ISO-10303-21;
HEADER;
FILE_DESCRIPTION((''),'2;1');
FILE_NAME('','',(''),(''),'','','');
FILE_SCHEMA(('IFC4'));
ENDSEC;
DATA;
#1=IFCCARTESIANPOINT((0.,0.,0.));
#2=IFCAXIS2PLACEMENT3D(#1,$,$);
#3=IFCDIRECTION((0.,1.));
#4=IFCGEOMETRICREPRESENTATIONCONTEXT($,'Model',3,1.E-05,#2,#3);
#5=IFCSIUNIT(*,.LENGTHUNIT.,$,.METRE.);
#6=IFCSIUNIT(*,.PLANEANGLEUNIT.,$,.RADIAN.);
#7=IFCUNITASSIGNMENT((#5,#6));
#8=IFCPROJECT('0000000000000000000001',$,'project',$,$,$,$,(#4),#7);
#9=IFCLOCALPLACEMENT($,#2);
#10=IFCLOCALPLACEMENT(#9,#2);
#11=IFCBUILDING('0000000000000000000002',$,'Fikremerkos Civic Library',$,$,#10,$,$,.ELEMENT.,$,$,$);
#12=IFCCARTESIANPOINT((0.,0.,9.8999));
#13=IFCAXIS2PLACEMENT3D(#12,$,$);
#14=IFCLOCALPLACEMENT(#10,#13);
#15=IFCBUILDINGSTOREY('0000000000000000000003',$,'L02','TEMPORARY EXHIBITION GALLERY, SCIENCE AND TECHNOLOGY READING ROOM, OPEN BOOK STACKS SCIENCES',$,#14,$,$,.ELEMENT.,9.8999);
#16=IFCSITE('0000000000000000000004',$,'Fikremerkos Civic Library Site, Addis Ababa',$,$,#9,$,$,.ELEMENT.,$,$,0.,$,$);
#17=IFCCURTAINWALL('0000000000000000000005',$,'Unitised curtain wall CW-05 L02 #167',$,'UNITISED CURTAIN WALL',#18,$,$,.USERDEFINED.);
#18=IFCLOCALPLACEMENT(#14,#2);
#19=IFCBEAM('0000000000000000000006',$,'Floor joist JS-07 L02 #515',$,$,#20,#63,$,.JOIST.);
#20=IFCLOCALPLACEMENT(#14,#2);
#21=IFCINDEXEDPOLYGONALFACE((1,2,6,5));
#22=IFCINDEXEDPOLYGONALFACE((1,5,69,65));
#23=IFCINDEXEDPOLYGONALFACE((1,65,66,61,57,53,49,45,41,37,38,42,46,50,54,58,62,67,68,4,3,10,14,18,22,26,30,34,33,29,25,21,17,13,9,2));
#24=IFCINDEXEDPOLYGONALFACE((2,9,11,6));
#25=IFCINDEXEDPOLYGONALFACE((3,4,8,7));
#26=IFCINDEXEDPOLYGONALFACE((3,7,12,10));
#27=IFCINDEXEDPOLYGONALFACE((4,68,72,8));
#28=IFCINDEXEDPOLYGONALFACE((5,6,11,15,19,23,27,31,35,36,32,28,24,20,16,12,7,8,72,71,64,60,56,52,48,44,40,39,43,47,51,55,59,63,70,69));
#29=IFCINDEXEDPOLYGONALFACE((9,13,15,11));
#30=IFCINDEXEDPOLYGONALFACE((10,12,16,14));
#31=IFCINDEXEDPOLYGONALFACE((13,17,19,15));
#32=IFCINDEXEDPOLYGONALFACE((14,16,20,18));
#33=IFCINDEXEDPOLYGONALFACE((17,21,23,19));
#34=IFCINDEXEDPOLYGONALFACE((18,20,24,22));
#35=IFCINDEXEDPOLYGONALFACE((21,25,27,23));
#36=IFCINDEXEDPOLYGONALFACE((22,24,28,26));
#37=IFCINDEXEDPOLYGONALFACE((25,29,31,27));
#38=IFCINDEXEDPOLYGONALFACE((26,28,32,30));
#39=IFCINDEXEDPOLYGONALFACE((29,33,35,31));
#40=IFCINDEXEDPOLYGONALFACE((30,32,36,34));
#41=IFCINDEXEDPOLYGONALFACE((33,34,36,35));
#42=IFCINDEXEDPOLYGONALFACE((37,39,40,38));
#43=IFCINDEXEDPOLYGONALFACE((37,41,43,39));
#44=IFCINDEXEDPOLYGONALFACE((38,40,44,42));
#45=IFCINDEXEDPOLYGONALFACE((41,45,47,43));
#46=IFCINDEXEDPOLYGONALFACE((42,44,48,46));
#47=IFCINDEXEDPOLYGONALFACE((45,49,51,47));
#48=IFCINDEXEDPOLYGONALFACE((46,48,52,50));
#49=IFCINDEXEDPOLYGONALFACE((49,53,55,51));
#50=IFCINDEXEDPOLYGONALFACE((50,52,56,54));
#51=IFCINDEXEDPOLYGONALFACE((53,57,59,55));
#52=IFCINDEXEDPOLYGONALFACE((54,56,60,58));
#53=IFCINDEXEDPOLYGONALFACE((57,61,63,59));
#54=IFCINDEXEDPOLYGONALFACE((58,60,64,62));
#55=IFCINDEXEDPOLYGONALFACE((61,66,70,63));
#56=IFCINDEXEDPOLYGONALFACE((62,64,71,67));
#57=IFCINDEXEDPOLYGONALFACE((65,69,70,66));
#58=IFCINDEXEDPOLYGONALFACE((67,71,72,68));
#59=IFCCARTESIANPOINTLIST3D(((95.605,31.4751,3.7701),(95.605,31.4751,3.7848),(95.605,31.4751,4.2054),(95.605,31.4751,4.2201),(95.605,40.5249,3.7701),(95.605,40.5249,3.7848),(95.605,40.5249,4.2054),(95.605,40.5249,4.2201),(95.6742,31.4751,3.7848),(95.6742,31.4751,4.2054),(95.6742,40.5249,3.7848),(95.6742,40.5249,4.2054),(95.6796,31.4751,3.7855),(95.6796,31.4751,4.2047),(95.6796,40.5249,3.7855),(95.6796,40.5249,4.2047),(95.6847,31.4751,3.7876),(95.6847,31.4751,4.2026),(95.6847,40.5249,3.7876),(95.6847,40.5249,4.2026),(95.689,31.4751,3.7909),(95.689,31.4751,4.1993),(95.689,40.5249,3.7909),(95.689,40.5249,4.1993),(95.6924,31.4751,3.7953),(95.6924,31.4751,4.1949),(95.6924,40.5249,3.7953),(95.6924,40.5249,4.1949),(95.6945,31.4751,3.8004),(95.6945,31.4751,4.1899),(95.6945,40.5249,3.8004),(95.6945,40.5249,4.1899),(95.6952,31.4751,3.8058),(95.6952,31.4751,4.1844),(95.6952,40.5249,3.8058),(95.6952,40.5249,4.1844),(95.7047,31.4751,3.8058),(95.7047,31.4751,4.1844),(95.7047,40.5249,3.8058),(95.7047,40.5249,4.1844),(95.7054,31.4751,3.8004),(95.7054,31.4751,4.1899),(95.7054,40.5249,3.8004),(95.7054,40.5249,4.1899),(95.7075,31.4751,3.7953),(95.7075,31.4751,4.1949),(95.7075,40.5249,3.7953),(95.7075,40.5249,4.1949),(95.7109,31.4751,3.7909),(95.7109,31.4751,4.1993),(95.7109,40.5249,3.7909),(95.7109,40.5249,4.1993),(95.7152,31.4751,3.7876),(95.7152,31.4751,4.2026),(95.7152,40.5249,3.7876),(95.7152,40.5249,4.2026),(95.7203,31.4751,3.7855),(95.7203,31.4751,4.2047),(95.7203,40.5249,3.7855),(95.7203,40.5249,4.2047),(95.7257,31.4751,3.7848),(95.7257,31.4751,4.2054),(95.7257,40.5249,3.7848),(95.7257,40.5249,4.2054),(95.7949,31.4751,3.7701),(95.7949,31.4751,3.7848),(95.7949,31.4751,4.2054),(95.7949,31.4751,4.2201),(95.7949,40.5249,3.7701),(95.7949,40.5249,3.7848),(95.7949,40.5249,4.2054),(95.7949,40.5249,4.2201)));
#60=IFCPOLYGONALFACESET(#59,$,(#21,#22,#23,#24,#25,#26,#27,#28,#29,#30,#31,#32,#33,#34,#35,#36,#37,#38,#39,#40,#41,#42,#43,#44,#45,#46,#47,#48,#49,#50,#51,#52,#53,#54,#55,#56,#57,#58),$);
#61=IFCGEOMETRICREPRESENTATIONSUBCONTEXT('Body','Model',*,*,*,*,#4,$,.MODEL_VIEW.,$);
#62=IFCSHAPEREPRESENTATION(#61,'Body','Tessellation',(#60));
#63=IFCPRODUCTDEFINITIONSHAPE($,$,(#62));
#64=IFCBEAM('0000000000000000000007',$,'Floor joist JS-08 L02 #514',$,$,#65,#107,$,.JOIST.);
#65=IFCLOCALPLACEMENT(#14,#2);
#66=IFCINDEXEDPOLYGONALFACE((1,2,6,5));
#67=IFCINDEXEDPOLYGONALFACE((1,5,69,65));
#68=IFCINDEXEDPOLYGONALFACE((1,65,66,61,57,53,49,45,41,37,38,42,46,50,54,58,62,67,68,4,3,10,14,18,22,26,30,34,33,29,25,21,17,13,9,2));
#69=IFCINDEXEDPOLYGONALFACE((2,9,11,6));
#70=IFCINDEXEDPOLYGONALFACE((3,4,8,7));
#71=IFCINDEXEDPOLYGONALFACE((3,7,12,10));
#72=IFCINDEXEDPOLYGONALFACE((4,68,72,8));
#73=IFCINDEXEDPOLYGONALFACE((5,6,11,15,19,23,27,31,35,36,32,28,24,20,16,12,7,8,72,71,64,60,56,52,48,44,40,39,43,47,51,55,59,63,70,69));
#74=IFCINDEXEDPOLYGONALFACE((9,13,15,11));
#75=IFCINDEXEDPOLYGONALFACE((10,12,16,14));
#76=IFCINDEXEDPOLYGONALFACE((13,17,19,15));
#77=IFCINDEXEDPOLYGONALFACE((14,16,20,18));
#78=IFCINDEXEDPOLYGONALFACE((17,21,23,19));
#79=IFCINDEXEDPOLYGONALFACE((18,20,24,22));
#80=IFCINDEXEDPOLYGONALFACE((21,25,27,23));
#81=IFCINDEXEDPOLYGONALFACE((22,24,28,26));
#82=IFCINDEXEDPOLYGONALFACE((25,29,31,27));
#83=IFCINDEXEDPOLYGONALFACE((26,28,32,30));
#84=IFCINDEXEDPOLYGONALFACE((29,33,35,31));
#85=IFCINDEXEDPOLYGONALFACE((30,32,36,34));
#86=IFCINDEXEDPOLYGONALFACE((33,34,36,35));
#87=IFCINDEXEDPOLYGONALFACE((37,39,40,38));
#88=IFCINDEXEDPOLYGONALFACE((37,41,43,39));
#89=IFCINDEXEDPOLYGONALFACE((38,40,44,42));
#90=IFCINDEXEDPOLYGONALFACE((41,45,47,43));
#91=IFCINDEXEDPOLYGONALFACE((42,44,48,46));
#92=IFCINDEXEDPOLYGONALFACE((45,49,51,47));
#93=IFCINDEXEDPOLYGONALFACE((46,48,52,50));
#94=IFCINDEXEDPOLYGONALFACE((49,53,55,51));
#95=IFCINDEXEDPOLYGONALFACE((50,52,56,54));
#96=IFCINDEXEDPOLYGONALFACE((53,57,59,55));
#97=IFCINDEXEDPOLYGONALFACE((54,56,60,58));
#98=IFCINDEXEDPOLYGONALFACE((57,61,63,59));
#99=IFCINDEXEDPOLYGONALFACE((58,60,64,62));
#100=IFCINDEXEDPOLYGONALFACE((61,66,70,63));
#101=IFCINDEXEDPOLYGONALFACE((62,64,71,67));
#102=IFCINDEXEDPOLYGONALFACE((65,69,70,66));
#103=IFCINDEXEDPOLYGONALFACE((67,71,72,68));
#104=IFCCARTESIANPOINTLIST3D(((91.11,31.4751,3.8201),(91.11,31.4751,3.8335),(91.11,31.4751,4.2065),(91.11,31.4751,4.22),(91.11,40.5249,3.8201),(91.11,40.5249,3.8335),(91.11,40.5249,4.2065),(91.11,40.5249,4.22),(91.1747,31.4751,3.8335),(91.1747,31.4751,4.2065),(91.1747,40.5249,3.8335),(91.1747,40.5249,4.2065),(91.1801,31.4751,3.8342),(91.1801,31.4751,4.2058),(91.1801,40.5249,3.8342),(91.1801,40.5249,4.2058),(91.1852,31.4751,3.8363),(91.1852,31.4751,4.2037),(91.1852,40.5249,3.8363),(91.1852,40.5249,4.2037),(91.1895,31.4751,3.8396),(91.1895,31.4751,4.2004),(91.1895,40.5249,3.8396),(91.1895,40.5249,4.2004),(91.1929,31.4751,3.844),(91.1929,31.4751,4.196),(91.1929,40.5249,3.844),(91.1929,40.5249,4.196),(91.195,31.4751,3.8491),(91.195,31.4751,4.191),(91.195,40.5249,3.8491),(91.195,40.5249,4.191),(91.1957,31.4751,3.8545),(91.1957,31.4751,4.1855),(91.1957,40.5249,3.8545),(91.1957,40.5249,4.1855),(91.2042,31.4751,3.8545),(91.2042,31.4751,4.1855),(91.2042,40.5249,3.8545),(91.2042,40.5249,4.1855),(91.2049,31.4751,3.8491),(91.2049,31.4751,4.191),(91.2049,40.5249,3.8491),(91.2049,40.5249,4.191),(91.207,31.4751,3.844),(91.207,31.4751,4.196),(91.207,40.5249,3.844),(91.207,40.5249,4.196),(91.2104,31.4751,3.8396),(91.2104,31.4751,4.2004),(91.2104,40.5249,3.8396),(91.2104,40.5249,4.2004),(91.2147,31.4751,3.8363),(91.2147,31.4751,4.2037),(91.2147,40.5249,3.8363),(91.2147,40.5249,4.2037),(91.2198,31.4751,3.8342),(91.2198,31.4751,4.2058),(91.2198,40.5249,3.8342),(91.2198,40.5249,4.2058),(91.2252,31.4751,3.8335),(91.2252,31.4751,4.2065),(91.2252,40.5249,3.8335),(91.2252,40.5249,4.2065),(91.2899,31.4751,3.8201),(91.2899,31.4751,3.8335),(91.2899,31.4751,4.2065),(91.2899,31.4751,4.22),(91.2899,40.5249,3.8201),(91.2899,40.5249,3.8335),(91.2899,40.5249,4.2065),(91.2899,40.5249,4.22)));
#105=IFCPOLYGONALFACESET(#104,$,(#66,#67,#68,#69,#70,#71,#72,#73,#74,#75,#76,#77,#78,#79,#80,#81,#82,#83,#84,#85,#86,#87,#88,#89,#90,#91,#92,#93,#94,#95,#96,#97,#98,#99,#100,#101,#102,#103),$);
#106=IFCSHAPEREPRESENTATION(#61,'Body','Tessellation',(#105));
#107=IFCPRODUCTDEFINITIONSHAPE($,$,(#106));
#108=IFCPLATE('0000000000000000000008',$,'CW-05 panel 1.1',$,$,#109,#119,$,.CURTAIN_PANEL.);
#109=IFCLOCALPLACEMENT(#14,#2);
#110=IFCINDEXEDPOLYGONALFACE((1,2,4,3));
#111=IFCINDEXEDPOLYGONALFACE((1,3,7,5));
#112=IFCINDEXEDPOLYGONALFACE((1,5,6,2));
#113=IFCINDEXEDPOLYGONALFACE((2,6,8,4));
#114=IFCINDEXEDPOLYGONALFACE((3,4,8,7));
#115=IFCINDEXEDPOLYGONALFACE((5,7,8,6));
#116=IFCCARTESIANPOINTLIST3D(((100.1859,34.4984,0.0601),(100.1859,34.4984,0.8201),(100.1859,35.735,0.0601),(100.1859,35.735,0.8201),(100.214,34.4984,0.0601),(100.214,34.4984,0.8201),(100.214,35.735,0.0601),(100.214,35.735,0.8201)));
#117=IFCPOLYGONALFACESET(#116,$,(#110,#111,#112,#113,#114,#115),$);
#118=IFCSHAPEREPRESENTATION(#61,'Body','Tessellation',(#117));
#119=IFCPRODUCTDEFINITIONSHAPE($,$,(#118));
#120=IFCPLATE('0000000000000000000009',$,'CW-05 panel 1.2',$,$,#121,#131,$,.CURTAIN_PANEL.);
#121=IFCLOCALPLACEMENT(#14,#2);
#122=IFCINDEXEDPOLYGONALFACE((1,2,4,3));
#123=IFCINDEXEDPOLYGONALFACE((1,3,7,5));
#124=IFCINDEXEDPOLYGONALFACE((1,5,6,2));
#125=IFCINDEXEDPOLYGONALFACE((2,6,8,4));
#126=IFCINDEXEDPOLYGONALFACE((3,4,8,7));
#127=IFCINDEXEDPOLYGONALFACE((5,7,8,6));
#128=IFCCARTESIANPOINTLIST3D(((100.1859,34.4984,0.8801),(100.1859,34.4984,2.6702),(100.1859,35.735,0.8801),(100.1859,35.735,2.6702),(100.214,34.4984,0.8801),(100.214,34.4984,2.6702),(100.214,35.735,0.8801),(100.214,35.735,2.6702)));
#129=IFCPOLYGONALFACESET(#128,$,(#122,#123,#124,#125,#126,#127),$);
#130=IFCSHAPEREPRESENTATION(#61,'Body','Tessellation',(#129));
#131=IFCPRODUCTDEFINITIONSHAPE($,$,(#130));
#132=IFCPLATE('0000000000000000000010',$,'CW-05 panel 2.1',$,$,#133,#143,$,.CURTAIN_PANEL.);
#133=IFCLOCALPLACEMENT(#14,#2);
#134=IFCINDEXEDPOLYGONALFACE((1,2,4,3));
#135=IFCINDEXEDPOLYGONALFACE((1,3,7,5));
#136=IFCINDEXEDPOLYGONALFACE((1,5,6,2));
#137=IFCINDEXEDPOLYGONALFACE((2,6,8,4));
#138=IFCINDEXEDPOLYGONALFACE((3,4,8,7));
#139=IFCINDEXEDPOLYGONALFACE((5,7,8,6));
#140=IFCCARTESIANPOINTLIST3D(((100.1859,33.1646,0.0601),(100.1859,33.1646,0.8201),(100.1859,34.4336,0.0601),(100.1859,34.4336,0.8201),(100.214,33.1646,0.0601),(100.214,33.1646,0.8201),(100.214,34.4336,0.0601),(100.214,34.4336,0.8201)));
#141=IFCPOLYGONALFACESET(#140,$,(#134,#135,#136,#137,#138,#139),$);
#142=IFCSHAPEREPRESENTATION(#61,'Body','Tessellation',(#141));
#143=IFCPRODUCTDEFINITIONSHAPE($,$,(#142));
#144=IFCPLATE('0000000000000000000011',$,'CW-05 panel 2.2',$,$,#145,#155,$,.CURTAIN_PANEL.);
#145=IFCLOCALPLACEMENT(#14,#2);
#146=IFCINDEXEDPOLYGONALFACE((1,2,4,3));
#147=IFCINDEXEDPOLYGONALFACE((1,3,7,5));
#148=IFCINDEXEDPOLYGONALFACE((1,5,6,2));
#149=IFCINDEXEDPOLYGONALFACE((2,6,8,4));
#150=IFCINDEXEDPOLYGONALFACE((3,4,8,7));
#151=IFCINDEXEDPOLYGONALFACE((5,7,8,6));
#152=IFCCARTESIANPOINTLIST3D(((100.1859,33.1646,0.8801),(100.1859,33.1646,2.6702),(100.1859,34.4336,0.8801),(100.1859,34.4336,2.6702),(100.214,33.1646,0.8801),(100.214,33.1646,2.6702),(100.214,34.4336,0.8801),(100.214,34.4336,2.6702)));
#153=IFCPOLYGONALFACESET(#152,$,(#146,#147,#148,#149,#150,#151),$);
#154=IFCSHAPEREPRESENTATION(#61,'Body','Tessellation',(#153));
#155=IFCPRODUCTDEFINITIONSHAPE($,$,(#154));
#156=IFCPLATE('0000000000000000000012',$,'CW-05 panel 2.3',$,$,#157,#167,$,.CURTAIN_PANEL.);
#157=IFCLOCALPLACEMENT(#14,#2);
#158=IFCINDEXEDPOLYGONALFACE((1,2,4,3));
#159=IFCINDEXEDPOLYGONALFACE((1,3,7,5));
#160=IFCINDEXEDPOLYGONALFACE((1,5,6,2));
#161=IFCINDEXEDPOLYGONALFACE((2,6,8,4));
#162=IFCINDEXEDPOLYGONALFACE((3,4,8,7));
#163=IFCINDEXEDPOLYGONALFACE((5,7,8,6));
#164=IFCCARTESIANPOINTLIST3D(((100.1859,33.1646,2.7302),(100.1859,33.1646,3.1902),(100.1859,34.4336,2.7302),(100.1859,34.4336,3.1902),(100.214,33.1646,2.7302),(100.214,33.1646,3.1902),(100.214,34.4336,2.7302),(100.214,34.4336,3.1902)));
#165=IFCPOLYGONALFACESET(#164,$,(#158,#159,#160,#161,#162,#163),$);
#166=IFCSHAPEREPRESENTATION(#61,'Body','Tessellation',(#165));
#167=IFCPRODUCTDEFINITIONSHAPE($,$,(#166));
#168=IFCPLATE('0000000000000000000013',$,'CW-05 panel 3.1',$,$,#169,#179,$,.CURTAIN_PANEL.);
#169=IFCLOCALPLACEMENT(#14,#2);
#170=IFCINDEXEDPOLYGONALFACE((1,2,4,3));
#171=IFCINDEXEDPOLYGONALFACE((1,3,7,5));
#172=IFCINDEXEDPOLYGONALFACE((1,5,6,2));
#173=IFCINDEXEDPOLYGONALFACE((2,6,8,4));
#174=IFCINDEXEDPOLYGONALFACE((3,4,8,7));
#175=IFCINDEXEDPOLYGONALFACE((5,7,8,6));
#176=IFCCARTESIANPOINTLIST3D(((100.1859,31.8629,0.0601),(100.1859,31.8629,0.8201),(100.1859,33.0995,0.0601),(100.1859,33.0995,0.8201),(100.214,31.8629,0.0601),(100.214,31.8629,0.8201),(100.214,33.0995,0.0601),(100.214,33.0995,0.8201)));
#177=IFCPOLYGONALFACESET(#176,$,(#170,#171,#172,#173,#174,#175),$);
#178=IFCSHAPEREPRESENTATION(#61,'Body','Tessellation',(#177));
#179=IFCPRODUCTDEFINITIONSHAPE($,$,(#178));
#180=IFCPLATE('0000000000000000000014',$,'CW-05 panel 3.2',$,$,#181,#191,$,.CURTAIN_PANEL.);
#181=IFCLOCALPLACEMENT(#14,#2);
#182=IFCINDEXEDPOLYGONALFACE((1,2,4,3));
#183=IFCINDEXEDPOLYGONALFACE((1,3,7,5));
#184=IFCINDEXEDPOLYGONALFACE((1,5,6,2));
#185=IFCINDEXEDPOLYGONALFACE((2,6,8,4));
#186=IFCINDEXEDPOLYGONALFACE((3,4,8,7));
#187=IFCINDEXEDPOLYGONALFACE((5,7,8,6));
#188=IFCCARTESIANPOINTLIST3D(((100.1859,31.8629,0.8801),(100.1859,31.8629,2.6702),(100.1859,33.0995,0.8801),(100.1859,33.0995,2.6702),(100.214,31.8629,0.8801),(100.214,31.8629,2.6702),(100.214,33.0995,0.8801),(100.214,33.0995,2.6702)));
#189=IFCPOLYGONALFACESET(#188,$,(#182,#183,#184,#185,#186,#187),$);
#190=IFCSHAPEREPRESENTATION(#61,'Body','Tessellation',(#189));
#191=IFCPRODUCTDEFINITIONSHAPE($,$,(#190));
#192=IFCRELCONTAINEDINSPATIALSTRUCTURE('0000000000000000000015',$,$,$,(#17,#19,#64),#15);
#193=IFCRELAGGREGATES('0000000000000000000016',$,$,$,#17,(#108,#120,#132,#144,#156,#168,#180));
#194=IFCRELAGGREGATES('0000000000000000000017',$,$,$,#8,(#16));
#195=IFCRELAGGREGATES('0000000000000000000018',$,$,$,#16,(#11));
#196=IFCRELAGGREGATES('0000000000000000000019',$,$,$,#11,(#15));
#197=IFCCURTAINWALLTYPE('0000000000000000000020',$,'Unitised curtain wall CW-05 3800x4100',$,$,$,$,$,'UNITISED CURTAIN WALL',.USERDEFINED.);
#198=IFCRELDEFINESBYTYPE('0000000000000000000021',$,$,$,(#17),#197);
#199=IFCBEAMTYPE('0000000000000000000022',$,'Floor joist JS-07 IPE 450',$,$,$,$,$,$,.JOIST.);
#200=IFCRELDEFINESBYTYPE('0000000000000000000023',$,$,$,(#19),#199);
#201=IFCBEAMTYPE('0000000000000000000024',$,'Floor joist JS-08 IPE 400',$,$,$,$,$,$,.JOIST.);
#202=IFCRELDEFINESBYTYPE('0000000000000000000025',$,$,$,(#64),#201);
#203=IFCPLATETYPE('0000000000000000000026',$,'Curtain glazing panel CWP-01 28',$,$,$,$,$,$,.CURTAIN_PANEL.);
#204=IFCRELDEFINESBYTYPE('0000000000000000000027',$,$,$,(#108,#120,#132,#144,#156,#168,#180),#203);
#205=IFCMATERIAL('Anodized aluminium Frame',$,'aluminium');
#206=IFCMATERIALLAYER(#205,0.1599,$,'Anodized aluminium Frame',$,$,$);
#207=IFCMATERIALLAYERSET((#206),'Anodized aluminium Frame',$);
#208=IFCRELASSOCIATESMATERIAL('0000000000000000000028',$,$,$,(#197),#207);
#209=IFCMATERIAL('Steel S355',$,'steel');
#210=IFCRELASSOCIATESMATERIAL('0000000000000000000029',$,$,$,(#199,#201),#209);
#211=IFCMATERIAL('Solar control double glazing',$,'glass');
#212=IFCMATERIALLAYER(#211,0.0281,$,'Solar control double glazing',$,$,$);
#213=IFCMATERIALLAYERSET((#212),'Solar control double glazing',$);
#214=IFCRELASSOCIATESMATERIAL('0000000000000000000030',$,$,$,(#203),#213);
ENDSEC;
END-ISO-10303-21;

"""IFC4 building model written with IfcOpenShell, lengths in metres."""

from ifc_helpers import new_model, si_unit, direction, frame, origin, origin_2d, place, context, subcontext, project, spatial, rectangle, i_section, extrude, material, layer, layer_set, material_profile, profile_set, type_object, element, aggregate, save


model = new_model("IFC4")

# Units and contexts
model_context = context("Model", 3, precision=1e-05, world=origin(), true_north=direction((0.0, 1.0)))
body_context = subcontext(model_context, "Body", "Model", "MODEL_VIEW")
ifc_project = project(units=[si_unit("LENGTHUNIT", "METRE"), si_unit("PLANEANGLEUNIT", "RADIAN")], contexts=[model_context])

# Site, building, storey
site_placement = place(None, origin())
site = spatial("IfcSite", under=ifc_project, at=site_placement, Name="Fikremerkos Civic Library Site, Addis Ababa", CompositionType="ELEMENT", RefElevation=0.0)
building_placement = place(site_placement, origin())
building = spatial("IfcBuilding", under=site, at=building_placement, Name="Fikremerkos Civic Library", CompositionType="ELEMENT")
storey_placement = place(building_placement, frame((0.0, 0.0, 9.8999)))
storey = spatial("IfcBuildingStorey", under=building, at=storey_placement, Name="L02", Description="TEMPORARY EXHIBITION GALLERY, SCIENCE AND TECHNOLOGY READING ROOM, OPEN BOOK STACKS SCIENCES", CompositionType="ELEMENT", Elevation=9.8999)

# Curtain wall
ifc_material_1 = material(Name="Anodized aluminium Frame", Category="aluminium")
ifc_layer_1 = layer(ifc_material_1, 0.1599, Name="Anodized aluminium Frame")
ifc_layer_set_1 = layer_set([ifc_layer_1], Name="Anodized aluminium Frame")
curtain_wall_type = type_object("IfcCurtainWallType", Name="Unitised curtain wall CW-05 3800x4100", ElementType="UNITISED CURTAIN WALL", PredefinedType="USERDEFINED", material=ifc_layer_set_1)
curtain_wall_placement = place(storey_placement, origin())
curtain_wall = element("IfcCurtainWall", 1, at=curtain_wall_placement, inside=storey, type_object=curtain_wall_type, Name="Unitised curtain wall CW-05 L02 #167", ObjectType="UNITISED CURTAIN WALL", PredefinedType="USERDEFINED")

# Beams
ifc_material_2 = material(Name="Steel S355", Category="steel")
ifc_material_profile_1 = material_profile(ifc_material_2, i_section(OverallWidth=0.1899, OverallDepth=0.45, WebThickness=0.0095, FlangeThickness=0.0146, FilletRadius=0.021, at=origin_2d()), Name="IPE 450")
ifc_profile_set_1 = profile_set([ifc_material_profile_1], Name="Steel S355")
beam_type_1 = type_object("IfcBeamType", Name="Floor joist JS-07 IPE 450", PredefinedType="JOIST", material=ifc_profile_set_1)
beam_1_placement = place(storey_placement, frame((95.7, 31.4751, 3.9951), z_axis=(0.0, 1.0, 0.0), x_axis=(-1.0, 0.0, 0.0)))
element("IfcBeam", 2, at=beam_1_placement, inside=storey, type_object=beam_type_1, Name="Floor joist JS-07 L02 #515", PredefinedType="JOIST", context=body_context, shape_type="SweptSolid", body=[
    extrude(i_section(OverallWidth=0.1899, OverallDepth=0.45, WebThickness=0.0095, FlangeThickness=0.0146, FilletRadius=0.021, at=origin_2d()), origin(), (0.0, 0.0, 1.0), 9.0498),
])
ifc_material_profile_2 = material_profile(ifc_material_2, i_section(OverallWidth=0.1799, OverallDepth=0.3999, WebThickness=0.0085, FlangeThickness=0.0134, FilletRadius=0.021, at=origin_2d()), Name="IPE 400")
ifc_profile_set_2 = profile_set([ifc_material_profile_2], Name="Steel S355")
beam_type_2 = type_object("IfcBeamType", Name="Floor joist JS-08 IPE 400", PredefinedType="JOIST", material=ifc_profile_set_2)
beam_2_placement = place(storey_placement, frame((91.2, 31.4751, 4.02), z_axis=(0.0, 1.0, 0.0), x_axis=(-1.0, 0.0, 0.0)))
element("IfcBeam", 3, at=beam_2_placement, inside=storey, type_object=beam_type_2, Name="Floor joist JS-08 L02 #514", PredefinedType="JOIST", context=body_context, shape_type="SweptSolid", body=[
    extrude(i_section(OverallWidth=0.1799, OverallDepth=0.3999, WebThickness=0.0085, FlangeThickness=0.0134, FilletRadius=0.021, at=origin_2d()), origin(), (0.0, 0.0, 1.0), 9.0498),
])

# Plates
ifc_material_3 = material(Name="Solar control double glazing", Category="glass")
ifc_layer_2 = layer(ifc_material_3, 0.0281, Name="Solar control double glazing")
ifc_layer_set_2 = layer_set([ifc_layer_2], Name="Solar control double glazing")
plate_type = type_object("IfcPlateType", Name="Curtain glazing panel CWP-01 28", PredefinedType="CURTAIN_PANEL", material=ifc_layer_set_2)
plate_1_placement = place(storey_placement, frame((100.2, 35.1167, 0.0601), z_axis=(0.0, 0.0, 1.0), x_axis=(0.0, -1.0, 0.0)))
plate_1 = element("IfcPlate", 4, at=plate_1_placement, type_object=plate_type, Name="CW-05 panel 1.1", PredefinedType="CURTAIN_PANEL", context=body_context, shape_type="SweptSolid", body=[
    extrude(rectangle(XDim=1.2366, YDim=0.0281, at=origin_2d()), origin(), (0.0, 0.0, 1.0), 0.76),
])
plate_2_placement = place(storey_placement, frame((100.2, 35.1167, 0.8801), z_axis=(0.0, 0.0, 1.0), x_axis=(0.0, -1.0, 0.0)))
plate_2 = element("IfcPlate", 5, at=plate_2_placement, type_object=plate_type, Name="CW-05 panel 1.2", PredefinedType="CURTAIN_PANEL", context=body_context, shape_type="SweptSolid", body=[
    extrude(rectangle(XDim=1.2366, YDim=0.0281, at=origin_2d()), origin(), (0.0, 0.0, 1.0), 1.79),
])
plate_3_placement = place(storey_placement, frame((100.2, 33.7991, 0.0601), z_axis=(0.0, 0.0, 1.0), x_axis=(0.0, -1.0, 0.0)))
plate_3 = element("IfcPlate", 6, at=plate_3_placement, type_object=plate_type, Name="CW-05 panel 2.1", PredefinedType="CURTAIN_PANEL", context=body_context, shape_type="SweptSolid", body=[
    extrude(rectangle(XDim=1.269, YDim=0.0281, at=origin_2d()), origin(), (0.0, 0.0, 1.0), 0.76),
])
plate_4_placement = place(storey_placement, frame((100.2, 33.7991, 0.8801), z_axis=(0.0, 0.0, 1.0), x_axis=(0.0, -1.0, 0.0)))
plate_4 = element("IfcPlate", 7, at=plate_4_placement, type_object=plate_type, Name="CW-05 panel 2.2", PredefinedType="CURTAIN_PANEL", context=body_context, shape_type="SweptSolid", body=[
    extrude(rectangle(XDim=1.269, YDim=0.0281, at=origin_2d()), origin(), (0.0, 0.0, 1.0), 1.79),
])
plate_5_placement = place(storey_placement, frame((100.2, 33.7991, 2.7302), z_axis=(0.0, 0.0, 1.0), x_axis=(0.0, -1.0, 0.0)))
plate_5 = element("IfcPlate", 8, at=plate_5_placement, type_object=plate_type, Name="CW-05 panel 2.3", PredefinedType="CURTAIN_PANEL", context=body_context, shape_type="SweptSolid", body=[
    extrude(rectangle(XDim=1.269, YDim=0.0281, at=origin_2d()), origin(), (0.0, 0.0, 1.0), 0.46),
])
plate_6_placement = place(storey_placement, frame((100.2, 32.4812, 0.0601), z_axis=(0.0, 0.0, 1.0), x_axis=(0.0, -1.0, 0.0)))
plate_6 = element("IfcPlate", 9, at=plate_6_placement, type_object=plate_type, Name="CW-05 panel 3.1", PredefinedType="CURTAIN_PANEL", context=body_context, shape_type="SweptSolid", body=[
    extrude(rectangle(XDim=1.2366, YDim=0.0281, at=origin_2d()), origin(), (0.0, 0.0, 1.0), 0.76),
])
plate_7_placement = place(storey_placement, frame((100.2, 32.4812, 0.8801), z_axis=(0.0, 0.0, 1.0), x_axis=(0.0, -1.0, 0.0)))
plate_7 = element("IfcPlate", 10, at=plate_7_placement, type_object=plate_type, Name="CW-05 panel 3.2", PredefinedType="CURTAIN_PANEL", context=body_context, shape_type="SweptSolid", body=[
    extrude(rectangle(XDim=1.2366, YDim=0.0281, at=origin_2d()), origin(), (0.0, 0.0, 1.0), 1.79),
])
aggregate(curtain_wall, [plate_1, plate_2, plate_3, plate_4, plate_5, plate_6, plate_7])

save(model, "model.ifc")
